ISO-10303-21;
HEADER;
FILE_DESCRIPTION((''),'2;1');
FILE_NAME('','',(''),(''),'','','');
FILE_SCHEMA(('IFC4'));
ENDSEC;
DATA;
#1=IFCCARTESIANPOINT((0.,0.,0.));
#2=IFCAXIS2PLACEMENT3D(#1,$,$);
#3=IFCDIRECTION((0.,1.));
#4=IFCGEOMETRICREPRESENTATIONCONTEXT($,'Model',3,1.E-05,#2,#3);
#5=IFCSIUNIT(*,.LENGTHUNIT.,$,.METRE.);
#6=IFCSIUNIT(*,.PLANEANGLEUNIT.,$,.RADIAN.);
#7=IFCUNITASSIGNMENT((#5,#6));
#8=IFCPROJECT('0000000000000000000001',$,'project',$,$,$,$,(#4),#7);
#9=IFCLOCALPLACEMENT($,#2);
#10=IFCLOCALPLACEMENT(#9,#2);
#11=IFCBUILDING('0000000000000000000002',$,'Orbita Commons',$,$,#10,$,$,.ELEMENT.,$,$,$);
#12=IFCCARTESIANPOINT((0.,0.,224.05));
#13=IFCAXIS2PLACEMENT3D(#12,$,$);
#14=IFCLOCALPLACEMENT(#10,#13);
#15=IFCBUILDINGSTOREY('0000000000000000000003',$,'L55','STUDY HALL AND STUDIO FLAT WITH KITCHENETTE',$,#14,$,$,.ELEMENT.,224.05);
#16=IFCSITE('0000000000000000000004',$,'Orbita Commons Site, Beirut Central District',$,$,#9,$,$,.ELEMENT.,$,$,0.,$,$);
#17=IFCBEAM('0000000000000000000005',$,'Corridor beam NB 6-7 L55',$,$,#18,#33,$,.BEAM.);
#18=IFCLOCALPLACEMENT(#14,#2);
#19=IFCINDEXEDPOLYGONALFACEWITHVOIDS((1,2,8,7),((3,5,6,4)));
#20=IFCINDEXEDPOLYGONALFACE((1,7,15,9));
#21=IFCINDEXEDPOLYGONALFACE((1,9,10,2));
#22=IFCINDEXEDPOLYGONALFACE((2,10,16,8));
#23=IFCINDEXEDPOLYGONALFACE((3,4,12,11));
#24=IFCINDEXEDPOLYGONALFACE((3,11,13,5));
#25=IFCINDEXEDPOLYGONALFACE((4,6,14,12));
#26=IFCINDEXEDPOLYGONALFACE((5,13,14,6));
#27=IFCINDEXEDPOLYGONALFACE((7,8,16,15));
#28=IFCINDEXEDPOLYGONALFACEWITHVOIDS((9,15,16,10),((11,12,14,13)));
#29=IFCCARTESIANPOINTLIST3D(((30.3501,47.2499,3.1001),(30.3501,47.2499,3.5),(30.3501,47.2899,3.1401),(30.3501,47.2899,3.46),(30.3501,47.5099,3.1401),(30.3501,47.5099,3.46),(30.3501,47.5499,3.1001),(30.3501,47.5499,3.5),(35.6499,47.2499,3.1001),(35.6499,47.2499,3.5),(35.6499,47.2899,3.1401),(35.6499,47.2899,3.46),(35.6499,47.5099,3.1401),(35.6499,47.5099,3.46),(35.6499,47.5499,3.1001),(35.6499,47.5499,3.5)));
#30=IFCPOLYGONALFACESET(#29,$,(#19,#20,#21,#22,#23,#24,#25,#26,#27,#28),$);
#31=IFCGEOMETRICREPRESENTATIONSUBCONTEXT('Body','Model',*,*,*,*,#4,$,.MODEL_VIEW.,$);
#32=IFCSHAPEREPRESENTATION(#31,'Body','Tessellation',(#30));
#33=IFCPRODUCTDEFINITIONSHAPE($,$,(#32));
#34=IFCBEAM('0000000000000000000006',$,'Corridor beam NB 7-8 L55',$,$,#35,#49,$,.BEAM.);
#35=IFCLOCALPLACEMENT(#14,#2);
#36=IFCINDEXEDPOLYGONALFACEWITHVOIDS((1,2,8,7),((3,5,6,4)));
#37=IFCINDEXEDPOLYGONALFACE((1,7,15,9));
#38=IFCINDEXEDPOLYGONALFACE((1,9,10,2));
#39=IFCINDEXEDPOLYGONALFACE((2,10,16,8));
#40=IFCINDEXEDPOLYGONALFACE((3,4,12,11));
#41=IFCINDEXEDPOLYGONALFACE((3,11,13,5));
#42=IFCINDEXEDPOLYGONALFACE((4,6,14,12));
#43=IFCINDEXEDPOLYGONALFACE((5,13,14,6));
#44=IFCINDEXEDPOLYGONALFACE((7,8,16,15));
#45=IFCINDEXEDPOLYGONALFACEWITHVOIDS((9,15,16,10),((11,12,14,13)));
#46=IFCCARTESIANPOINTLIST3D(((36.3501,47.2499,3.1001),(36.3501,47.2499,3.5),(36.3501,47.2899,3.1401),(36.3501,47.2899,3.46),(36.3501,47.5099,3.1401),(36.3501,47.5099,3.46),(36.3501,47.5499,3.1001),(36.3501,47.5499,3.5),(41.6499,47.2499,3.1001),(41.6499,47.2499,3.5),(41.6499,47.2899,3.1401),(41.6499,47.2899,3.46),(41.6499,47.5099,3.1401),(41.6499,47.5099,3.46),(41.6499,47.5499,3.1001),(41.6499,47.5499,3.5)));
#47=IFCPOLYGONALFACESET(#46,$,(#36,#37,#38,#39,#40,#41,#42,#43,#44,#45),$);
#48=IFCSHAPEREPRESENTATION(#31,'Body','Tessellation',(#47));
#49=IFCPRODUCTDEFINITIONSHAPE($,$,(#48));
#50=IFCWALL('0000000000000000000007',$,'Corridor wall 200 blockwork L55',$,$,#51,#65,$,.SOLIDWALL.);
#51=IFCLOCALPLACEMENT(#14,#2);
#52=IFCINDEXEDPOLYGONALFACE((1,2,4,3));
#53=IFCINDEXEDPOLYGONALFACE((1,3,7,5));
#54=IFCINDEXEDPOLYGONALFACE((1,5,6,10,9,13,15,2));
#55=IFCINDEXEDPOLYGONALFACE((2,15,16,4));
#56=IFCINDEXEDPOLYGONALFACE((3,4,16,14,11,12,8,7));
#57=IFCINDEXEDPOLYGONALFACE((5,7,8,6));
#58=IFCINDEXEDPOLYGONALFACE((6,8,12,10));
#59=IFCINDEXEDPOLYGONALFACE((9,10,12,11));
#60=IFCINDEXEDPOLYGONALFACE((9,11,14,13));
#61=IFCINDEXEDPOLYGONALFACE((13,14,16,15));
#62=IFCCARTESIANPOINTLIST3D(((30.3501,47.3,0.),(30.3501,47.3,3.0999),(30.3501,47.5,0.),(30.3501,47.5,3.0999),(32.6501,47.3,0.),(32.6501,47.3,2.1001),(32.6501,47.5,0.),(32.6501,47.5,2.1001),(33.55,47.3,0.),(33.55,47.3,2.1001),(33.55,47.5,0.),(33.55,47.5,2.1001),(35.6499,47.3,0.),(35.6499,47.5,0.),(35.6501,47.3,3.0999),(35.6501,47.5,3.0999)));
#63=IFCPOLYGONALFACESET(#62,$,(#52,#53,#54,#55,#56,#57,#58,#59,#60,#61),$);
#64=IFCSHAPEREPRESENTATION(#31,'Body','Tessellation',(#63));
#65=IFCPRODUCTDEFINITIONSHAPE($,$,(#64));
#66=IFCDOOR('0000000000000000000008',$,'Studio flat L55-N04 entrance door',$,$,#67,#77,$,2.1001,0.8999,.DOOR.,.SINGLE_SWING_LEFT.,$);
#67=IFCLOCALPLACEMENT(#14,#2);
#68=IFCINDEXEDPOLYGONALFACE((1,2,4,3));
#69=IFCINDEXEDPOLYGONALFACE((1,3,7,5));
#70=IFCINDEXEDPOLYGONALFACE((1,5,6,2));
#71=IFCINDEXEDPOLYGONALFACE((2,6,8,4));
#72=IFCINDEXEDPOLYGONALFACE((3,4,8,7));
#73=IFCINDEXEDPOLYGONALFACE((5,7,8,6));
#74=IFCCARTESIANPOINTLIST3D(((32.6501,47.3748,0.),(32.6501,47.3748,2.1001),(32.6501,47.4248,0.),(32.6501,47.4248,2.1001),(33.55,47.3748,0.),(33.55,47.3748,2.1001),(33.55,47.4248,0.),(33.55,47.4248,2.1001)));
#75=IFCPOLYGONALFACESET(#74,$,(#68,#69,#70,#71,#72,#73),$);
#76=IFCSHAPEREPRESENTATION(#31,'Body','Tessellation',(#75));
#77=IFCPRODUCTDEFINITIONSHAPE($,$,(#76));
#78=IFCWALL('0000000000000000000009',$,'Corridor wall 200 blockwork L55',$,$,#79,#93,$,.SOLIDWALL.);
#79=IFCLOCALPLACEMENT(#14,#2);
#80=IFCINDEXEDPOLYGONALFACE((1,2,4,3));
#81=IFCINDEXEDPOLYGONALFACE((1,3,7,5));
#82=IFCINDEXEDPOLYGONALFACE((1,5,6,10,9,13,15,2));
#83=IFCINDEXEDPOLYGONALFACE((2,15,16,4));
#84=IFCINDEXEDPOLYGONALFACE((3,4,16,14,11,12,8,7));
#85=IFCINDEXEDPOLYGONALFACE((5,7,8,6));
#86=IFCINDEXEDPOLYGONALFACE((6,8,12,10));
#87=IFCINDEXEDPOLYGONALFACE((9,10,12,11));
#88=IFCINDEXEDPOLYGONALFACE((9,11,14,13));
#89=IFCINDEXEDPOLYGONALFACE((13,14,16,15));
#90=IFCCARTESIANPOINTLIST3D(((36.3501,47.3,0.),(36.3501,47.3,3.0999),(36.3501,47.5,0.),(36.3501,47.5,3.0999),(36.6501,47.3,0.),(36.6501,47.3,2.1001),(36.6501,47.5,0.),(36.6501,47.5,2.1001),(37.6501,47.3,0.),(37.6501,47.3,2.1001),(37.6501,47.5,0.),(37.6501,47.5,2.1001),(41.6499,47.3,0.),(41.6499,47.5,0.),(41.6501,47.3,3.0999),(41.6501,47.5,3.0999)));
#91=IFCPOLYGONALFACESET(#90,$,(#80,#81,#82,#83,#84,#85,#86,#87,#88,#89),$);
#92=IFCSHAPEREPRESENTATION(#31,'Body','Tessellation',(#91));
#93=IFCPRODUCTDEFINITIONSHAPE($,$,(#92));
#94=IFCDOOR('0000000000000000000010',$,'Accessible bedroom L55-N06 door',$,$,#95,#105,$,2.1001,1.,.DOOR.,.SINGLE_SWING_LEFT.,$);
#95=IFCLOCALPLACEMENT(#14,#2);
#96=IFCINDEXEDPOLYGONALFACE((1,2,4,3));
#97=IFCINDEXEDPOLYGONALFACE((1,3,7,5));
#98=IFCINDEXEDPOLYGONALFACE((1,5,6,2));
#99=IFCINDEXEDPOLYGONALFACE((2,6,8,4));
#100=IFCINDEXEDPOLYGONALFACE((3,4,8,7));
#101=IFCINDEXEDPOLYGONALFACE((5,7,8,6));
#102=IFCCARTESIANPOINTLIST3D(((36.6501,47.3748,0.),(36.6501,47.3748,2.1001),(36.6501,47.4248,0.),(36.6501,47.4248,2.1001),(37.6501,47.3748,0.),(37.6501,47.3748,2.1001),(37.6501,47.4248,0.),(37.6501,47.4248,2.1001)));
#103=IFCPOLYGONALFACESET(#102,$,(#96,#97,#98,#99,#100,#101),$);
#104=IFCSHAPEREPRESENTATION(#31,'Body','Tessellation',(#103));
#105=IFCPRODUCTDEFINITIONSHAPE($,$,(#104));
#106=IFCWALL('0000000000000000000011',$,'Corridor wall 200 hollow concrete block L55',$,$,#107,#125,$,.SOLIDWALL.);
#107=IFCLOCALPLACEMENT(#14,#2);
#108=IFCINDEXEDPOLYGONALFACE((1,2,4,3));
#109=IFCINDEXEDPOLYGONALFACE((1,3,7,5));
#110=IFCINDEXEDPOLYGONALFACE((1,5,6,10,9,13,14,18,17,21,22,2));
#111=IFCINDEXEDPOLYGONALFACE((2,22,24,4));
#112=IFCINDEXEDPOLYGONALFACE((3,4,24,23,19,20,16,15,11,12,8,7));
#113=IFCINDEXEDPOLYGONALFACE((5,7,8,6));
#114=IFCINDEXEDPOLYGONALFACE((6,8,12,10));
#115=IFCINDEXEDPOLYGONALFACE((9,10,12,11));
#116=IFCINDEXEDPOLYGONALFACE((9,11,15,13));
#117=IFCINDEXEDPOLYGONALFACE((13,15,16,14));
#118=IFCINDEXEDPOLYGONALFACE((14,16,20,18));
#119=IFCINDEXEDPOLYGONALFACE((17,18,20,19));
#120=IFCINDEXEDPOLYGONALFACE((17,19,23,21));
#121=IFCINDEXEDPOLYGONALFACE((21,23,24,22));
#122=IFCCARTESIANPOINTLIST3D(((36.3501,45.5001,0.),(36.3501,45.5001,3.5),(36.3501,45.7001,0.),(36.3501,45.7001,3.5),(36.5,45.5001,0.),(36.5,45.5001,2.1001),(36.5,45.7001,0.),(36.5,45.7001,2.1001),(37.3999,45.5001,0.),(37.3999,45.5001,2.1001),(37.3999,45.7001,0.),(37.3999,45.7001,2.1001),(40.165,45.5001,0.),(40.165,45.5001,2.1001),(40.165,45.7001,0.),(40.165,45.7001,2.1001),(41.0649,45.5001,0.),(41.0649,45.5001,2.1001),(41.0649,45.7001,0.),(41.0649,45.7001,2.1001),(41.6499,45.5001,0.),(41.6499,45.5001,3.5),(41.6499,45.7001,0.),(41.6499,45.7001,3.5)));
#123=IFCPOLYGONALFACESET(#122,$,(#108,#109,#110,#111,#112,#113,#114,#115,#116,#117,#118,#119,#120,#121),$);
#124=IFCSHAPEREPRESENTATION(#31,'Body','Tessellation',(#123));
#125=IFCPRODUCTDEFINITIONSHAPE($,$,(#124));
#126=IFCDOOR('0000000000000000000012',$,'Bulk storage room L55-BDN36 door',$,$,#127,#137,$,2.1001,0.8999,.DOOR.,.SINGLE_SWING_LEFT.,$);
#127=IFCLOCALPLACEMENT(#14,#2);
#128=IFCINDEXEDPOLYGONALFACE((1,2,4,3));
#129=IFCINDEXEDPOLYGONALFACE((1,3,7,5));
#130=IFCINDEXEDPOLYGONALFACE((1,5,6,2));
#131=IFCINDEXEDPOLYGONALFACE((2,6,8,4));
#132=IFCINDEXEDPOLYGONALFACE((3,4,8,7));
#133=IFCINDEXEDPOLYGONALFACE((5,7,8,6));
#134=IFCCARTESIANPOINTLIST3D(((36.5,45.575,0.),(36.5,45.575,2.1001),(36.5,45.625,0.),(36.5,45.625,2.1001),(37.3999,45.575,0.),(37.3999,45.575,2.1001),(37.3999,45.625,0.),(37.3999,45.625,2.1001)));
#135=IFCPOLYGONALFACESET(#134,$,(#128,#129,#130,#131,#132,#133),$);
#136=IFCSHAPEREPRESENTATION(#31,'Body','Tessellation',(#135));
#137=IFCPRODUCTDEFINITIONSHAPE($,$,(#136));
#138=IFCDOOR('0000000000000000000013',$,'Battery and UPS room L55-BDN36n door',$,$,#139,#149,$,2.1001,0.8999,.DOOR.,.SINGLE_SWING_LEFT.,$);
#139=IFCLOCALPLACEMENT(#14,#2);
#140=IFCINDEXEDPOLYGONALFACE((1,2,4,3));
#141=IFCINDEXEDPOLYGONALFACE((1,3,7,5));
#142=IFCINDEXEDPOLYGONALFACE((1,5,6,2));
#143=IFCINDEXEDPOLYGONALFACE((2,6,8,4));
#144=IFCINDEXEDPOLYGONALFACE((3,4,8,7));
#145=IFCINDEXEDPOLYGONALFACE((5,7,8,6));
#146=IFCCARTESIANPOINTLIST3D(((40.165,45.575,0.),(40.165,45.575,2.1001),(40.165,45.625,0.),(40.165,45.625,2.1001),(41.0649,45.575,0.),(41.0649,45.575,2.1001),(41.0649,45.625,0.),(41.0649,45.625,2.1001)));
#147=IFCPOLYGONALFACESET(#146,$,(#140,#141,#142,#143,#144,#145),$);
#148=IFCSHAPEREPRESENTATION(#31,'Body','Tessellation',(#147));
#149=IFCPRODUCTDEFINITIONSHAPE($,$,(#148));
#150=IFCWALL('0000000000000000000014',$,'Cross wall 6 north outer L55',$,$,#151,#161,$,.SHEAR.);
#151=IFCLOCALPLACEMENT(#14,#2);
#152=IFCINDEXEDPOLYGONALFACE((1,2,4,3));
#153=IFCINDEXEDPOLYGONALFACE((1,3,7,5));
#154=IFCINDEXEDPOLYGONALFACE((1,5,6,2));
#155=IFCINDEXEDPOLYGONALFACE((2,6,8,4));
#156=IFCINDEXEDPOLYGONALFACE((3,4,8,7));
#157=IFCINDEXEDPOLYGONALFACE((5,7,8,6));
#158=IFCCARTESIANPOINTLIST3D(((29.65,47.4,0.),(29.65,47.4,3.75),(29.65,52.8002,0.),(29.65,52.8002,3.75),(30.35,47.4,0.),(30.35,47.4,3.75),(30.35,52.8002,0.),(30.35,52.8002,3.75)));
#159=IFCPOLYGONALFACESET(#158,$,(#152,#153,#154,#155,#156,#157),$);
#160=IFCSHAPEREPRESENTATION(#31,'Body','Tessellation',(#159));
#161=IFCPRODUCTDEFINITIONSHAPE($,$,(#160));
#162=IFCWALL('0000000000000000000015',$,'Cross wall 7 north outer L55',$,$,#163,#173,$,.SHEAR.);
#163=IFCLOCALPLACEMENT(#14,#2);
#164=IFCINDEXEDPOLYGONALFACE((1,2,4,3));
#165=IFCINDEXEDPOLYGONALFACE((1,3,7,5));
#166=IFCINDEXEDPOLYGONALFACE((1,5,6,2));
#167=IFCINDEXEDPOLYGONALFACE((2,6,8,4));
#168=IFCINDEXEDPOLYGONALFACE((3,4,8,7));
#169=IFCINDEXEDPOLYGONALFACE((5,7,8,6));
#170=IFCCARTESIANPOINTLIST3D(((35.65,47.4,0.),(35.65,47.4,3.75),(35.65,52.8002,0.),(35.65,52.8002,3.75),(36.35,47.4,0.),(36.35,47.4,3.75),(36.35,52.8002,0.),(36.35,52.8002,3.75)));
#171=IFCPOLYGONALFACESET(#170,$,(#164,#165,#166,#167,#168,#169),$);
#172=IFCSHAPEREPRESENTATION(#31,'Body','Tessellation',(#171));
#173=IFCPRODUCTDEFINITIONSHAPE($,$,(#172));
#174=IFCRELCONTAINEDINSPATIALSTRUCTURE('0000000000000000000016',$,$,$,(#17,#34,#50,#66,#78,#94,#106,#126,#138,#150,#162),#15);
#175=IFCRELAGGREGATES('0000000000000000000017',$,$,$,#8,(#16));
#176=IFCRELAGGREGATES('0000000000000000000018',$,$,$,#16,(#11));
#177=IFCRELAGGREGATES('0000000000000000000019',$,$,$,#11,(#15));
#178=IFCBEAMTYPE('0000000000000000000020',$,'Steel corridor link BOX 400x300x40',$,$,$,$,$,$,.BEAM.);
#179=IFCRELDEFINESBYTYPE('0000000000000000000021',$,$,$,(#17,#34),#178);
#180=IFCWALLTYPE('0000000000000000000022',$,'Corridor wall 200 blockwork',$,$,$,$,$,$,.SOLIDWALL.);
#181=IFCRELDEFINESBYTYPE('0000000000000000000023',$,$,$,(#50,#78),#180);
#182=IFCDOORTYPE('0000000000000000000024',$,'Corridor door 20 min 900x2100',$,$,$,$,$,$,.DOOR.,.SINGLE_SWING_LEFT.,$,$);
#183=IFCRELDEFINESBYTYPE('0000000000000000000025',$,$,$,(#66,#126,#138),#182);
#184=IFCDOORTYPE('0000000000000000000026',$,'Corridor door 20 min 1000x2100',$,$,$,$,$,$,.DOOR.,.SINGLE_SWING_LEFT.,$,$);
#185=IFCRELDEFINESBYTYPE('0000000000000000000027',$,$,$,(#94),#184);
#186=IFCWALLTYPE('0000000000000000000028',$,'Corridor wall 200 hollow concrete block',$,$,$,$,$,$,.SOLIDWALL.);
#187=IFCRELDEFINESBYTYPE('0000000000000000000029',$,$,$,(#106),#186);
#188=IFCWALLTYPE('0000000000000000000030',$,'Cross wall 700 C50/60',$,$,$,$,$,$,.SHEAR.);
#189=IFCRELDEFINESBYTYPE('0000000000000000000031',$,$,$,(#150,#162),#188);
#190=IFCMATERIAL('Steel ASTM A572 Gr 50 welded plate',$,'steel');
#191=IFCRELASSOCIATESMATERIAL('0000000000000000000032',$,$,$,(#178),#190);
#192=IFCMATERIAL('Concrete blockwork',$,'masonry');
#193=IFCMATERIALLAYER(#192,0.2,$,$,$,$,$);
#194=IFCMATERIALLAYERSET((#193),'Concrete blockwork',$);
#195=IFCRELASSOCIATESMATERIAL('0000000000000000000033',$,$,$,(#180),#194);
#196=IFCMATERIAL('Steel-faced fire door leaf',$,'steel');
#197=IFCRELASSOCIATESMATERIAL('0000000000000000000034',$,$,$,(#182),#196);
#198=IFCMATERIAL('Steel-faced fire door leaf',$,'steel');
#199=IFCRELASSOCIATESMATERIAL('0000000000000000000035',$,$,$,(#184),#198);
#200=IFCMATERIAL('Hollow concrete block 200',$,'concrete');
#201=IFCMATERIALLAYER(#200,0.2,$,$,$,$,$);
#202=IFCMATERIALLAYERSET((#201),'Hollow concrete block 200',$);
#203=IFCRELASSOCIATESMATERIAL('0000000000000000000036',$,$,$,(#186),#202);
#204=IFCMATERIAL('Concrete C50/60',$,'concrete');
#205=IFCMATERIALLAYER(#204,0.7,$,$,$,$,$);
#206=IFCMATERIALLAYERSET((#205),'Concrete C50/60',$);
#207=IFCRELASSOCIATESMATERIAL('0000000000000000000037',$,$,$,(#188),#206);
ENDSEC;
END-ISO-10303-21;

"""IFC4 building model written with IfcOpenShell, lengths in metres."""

from ifc_helpers import new_model, si_unit, direction, frame, frame_2d, origin, origin_2d, place, context, subcontext, project, spatial, polyline, rectangle, hollow_rectangle, outline, extrude, material, layer, layer_set, material_profile, profile_set, type_object, element, fill, save


model = new_model("IFC4")

# Units and contexts
model_context = context("Model", 3, precision=1e-05, world=origin(), true_north=direction((0.0, 1.0)))
body_context = subcontext(model_context, "Body", "Model", "MODEL_VIEW")
ifc_project = project(units=[si_unit("LENGTHUNIT", "METRE"), si_unit("PLANEANGLEUNIT", "RADIAN")], contexts=[model_context])

# Site, building, storey
site_placement = place(None, origin())
site = spatial("IfcSite", under=ifc_project, at=site_placement, Name="Orbita Commons Site, Beirut Central District", CompositionType="ELEMENT", RefElevation=0.0)
building_placement = place(site_placement, origin())
building = spatial("IfcBuilding", under=site, at=building_placement, Name="Orbita Commons", CompositionType="ELEMENT")
storey_placement = place(building_placement, frame((0.0, 0.0, 224.05)))
storey = spatial("IfcBuildingStorey", under=building, at=storey_placement, Name="L55", Description="STUDY HALL AND STUDIO FLAT WITH KITCHENETTE", CompositionType="ELEMENT", Elevation=224.05)

# Beams
ifc_material_1 = material(Name="Steel ASTM A572 Gr 50 welded plate", Category="steel")
ifc_material_profile = material_profile(ifc_material_1, hollow_rectangle(XDim=0.3, YDim=0.3999, WallThickness=0.04, at=origin_2d()), Name="BOX 400x300x40")
ifc_profile_set = profile_set([ifc_material_profile], Name="Steel ASTM A572 Gr 50 welded plate")
beam_type = type_object("IfcBeamType", Name="Steel corridor link BOX 400x300x40", PredefinedType="BEAM", material=ifc_profile_set)
for number, where, z_axis, x_axis, name in (
    (1, (30.3501, 47.3999, 3.3), (1.0, 0.0, 0.0), (0.0, 1.0, 0.0), "Corridor beam NB 6-7 L55"),
    (2, (36.3501, 47.3999, 3.3), (1.0, 0.0, 0.0), (0.0, 1.0, 0.0), "Corridor beam NB 7-8 L55"),
):
    element("IfcBeam", number, at=place(storey_placement, frame(where, z_axis=z_axis, x_axis=x_axis)), inside=storey, type_object=beam_type, Name=name, PredefinedType="BEAM", context=body_context, shape_type="SweptSolid", body=[
        extrude(hollow_rectangle(XDim=0.3, YDim=0.3999, WallThickness=0.04, at=origin_2d()), origin(), (0.0, 0.0, 1.0), 5.2998),
    ])

# Walls, openings, doors
ifc_material_2 = material(Name="Concrete blockwork", Category="masonry")
ifc_layer_1 = layer(ifc_material_2, 0.2)
ifc_layer_set_1 = layer_set([ifc_layer_1], Name="Concrete blockwork")
wall_type_1 = type_object("IfcWallType", Name="Corridor wall 200 blockwork", PredefinedType="SOLIDWALL", material=ifc_layer_set_1)
wall_1_placement = place(storey_placement, frame((30.3501, 47.3999, 0.0), z_axis=(0.0, 0.0, 1.0), x_axis=(1.0, 0.0, 0.0)))
wall_1 = element("IfcWall", 3, at=wall_1_placement, inside=storey, type_object=wall_type_1, Name="Corridor wall 200 blockwork L55", PredefinedType="SOLIDWALL", context=body_context, shape_type="SweptSolid", body=[
    extrude(outline(polyline([(0.0, 0.0), (5.2998, 0.0), (5.3, 3.0999), (0.0, 3.0999), (0.0, 0.0)])), frame((0.0, 0.1001, 0.0), z_axis=(0.0, -1.0, 0.0), x_axis=(1.0, 0.0, 0.0)), (0.0, 0.0, 1.0), 0.2),
])
opening_1_placement = place(wall_1_placement, frame((2.3, 0.0, 0.0)))
opening_1 = element("IfcOpeningElement", 4, at=opening_1_placement, cuts=wall_1, PredefinedType="OPENING", context=body_context, shape_type="SweptSolid", body=[
    extrude(rectangle(XDim=0.8999, YDim=2.1001, at=frame_2d((0.45, 1.05))), frame((0.0, 0.1099, 0.0), z_axis=(0.0, -1.0, 0.0), x_axis=(1.0, 0.0, 0.0)), (0.0, 0.0, 1.0), 0.22),
])
ifc_material_3 = material(Name="Steel-faced fire door leaf", Category="steel")
door_type_1 = type_object("IfcDoorType", Name="Corridor door 20 min 900x2100", OperationType="SINGLE_SWING_LEFT", PredefinedType="DOOR", material=ifc_material_3)
door_1_placement = place(opening_1_placement, origin())
door_1 = element("IfcDoor", 5, at=door_1_placement, inside=storey, type_object=door_type_1, Name="Studio flat L55-N04 entrance door", OperationType="SINGLE_SWING_LEFT", OverallHeight=2.1001, OverallWidth=0.8999, PredefinedType="DOOR", context=body_context, shape_type="SweptSolid", body=[
    extrude(rectangle(XDim=0.8999, YDim=2.1001, at=frame_2d((0.45, 1.05))), frame((0.0, 0.0249, 0.0), z_axis=(0.0, -1.0, 0.0), x_axis=(1.0, 0.0, 0.0)), (0.0, 0.0, 1.0), 0.05),
])
fill(opening_1, door_1)
wall_2_placement = place(storey_placement, frame((36.3501, 47.3999, 0.0), z_axis=(0.0, 0.0, 1.0), x_axis=(1.0, 0.0, 0.0)))
wall_2 = element("IfcWall", 6, at=wall_2_placement, inside=storey, type_object=wall_type_1, Name="Corridor wall 200 blockwork L55", PredefinedType="SOLIDWALL", context=body_context, shape_type="SweptSolid", body=[
    extrude(outline(polyline([(0.0, 0.0), (5.2998, 0.0), (5.3, 3.0999), (0.0, 3.0999), (0.0, 0.0)])), frame((0.0, 0.1001, 0.0), z_axis=(0.0, -1.0, 0.0), x_axis=(1.0, 0.0, 0.0)), (0.0, 0.0, 1.0), 0.2),
])
opening_2_placement = place(wall_2_placement, frame((0.3, 0.0, 0.0)))
opening_2 = element("IfcOpeningElement", 7, at=opening_2_placement, cuts=wall_2, PredefinedType="OPENING", context=body_context, shape_type="SweptSolid", body=[
    extrude(rectangle(XDim=1.0, YDim=2.1001, at=frame_2d((0.5, 1.05))), frame((0.0, 0.1099, 0.0), z_axis=(0.0, -1.0, 0.0), x_axis=(1.0, 0.0, 0.0)), (0.0, 0.0, 1.0), 0.22),
])
ifc_material_4 = material(Name="Steel-faced fire door leaf", Category="steel")
door_type_2 = type_object("IfcDoorType", Name="Corridor door 20 min 1000x2100", OperationType="SINGLE_SWING_LEFT", PredefinedType="DOOR", material=ifc_material_4)
door_2_placement = place(opening_2_placement, origin())
door_2 = element("IfcDoor", 8, at=door_2_placement, inside=storey, type_object=door_type_2, Name="Accessible bedroom L55-N06 door", OperationType="SINGLE_SWING_LEFT", OverallHeight=2.1001, OverallWidth=1.0, PredefinedType="DOOR", context=body_context, shape_type="SweptSolid", body=[
    extrude(rectangle(XDim=1.0, YDim=2.1001, at=frame_2d((0.5, 1.05))), frame((0.0, 0.0249, 0.0), z_axis=(0.0, -1.0, 0.0), x_axis=(1.0, 0.0, 0.0)), (0.0, 0.0, 1.0), 0.05),
])
fill(opening_2, door_2)

# Wall, openings, doors
ifc_material_5 = material(Name="Hollow concrete block 200", Category="concrete")
ifc_layer_2 = layer(ifc_material_5, 0.2)
ifc_layer_set_2 = layer_set([ifc_layer_2], Name="Hollow concrete block 200")
wall_type_2 = type_object("IfcWallType", Name="Corridor wall 200 hollow concrete block", PredefinedType="SOLIDWALL", material=ifc_layer_set_2)
wall_3_placement = place(storey_placement, frame((36.3501, 45.6001, 0.0), z_axis=(0.0, 0.0, 1.0), x_axis=(1.0, 0.0, 0.0)))
wall_3 = element("IfcWall", 9, at=wall_3_placement, inside=storey, type_object=wall_type_2, Name="Corridor wall 200 hollow concrete block L55", PredefinedType="SOLIDWALL", context=body_context, shape_type="SweptSolid", body=[
    extrude(rectangle(XDim=5.2998, YDim=0.2, at=frame_2d((2.6499, 0.0))), origin(), (0.0, 0.0, 1.0), 3.5),
])
opening_3_placement = place(wall_3_placement, frame((0.1499, 0.0, 0.0)))
opening_3 = element("IfcOpeningElement", 10, at=opening_3_placement, cuts=wall_3, PredefinedType="OPENING", context=body_context, shape_type="SweptSolid", body=[
    extrude(rectangle(XDim=0.8999, YDim=2.1001, at=frame_2d((0.45, 1.05))), frame((0.0, 0.1099, 0.0), z_axis=(0.0, -1.0, 0.0), x_axis=(1.0, 0.0, 0.0)), (0.0, 0.0, 1.0), 0.22),
])
opening_4_placement = place(wall_3_placement, frame((3.8149, 0.0, 0.0)))
opening_4 = element("IfcOpeningElement", 11, at=opening_4_placement, cuts=wall_3, PredefinedType="OPENING", context=body_context, shape_type="SweptSolid", body=[
    extrude(rectangle(XDim=0.8999, YDim=2.1001, at=frame_2d((0.45, 1.05))), frame((0.0, 0.1099, 0.0), z_axis=(0.0, -1.0, 0.0), x_axis=(1.0, 0.0, 0.0)), (0.0, 0.0, 1.0), 0.22),
])
door_3_placement = place(opening_3_placement, origin())
door_3 = element("IfcDoor", 12, at=door_3_placement, inside=storey, type_object=door_type_1, Name="Bulk storage room L55-BDN36 door", OperationType="SINGLE_SWING_LEFT", OverallHeight=2.1001, OverallWidth=0.8999, PredefinedType="DOOR", context=body_context, shape_type="SweptSolid", body=[
    extrude(rectangle(XDim=0.8999, YDim=2.1001, at=frame_2d((0.45, 1.05))), frame((0.0, 0.0249, 0.0), z_axis=(0.0, -1.0, 0.0), x_axis=(1.0, 0.0, 0.0)), (0.0, 0.0, 1.0), 0.05),
])
fill(opening_3, door_3)
door_4_placement = place(opening_4_placement, origin())
door_4 = element("IfcDoor", 13, at=door_4_placement, inside=storey, type_object=door_type_1, Name="Battery and UPS room L55-BDN36n door", OperationType="SINGLE_SWING_LEFT", OverallHeight=2.1001, OverallWidth=0.8999, PredefinedType="DOOR", context=body_context, shape_type="SweptSolid", body=[
    extrude(rectangle(XDim=0.8999, YDim=2.1001, at=frame_2d((0.45, 1.05))), frame((0.0, 0.0249, 0.0), z_axis=(0.0, -1.0, 0.0), x_axis=(1.0, 0.0, 0.0)), (0.0, 0.0, 1.0), 0.05),
])
fill(opening_4, door_4)

# Walls
ifc_material_6 = material(Name="Concrete C50/60", Category="concrete")
ifc_layer_3 = layer(ifc_material_6, 0.7)
ifc_layer_set_3 = layer_set([ifc_layer_3], Name="Concrete C50/60")
wall_type_3 = type_object("IfcWallType", Name="Cross wall 700 C50/60", PredefinedType="SHEAR", material=ifc_layer_set_3)
for number, where, z_axis, x_axis, name in (
    (14, (30.0, 47.3999, 0.0), (0.0, 0.0, 1.0), (0.0, 1.0, 0.0), "Cross wall 6 north outer L55"),
    (15, (36.0, 47.3999, 0.0), (0.0, 0.0, 1.0), (0.0, 1.0, 0.0), "Cross wall 7 north outer L55"),
):
    element("IfcWall", number, at=place(storey_placement, frame(where, z_axis=z_axis, x_axis=x_axis)), inside=storey, type_object=wall_type_3, Name=name, PredefinedType="SHEAR", context=body_context, shape_type="SweptSolid", body=[
        extrude(rectangle(XDim=5.4001, YDim=0.7, at=frame_2d((2.7002, 0.0))), origin(), (0.0, 0.0, 1.0), 3.75),
    ])

save(model, "model.ifc")
